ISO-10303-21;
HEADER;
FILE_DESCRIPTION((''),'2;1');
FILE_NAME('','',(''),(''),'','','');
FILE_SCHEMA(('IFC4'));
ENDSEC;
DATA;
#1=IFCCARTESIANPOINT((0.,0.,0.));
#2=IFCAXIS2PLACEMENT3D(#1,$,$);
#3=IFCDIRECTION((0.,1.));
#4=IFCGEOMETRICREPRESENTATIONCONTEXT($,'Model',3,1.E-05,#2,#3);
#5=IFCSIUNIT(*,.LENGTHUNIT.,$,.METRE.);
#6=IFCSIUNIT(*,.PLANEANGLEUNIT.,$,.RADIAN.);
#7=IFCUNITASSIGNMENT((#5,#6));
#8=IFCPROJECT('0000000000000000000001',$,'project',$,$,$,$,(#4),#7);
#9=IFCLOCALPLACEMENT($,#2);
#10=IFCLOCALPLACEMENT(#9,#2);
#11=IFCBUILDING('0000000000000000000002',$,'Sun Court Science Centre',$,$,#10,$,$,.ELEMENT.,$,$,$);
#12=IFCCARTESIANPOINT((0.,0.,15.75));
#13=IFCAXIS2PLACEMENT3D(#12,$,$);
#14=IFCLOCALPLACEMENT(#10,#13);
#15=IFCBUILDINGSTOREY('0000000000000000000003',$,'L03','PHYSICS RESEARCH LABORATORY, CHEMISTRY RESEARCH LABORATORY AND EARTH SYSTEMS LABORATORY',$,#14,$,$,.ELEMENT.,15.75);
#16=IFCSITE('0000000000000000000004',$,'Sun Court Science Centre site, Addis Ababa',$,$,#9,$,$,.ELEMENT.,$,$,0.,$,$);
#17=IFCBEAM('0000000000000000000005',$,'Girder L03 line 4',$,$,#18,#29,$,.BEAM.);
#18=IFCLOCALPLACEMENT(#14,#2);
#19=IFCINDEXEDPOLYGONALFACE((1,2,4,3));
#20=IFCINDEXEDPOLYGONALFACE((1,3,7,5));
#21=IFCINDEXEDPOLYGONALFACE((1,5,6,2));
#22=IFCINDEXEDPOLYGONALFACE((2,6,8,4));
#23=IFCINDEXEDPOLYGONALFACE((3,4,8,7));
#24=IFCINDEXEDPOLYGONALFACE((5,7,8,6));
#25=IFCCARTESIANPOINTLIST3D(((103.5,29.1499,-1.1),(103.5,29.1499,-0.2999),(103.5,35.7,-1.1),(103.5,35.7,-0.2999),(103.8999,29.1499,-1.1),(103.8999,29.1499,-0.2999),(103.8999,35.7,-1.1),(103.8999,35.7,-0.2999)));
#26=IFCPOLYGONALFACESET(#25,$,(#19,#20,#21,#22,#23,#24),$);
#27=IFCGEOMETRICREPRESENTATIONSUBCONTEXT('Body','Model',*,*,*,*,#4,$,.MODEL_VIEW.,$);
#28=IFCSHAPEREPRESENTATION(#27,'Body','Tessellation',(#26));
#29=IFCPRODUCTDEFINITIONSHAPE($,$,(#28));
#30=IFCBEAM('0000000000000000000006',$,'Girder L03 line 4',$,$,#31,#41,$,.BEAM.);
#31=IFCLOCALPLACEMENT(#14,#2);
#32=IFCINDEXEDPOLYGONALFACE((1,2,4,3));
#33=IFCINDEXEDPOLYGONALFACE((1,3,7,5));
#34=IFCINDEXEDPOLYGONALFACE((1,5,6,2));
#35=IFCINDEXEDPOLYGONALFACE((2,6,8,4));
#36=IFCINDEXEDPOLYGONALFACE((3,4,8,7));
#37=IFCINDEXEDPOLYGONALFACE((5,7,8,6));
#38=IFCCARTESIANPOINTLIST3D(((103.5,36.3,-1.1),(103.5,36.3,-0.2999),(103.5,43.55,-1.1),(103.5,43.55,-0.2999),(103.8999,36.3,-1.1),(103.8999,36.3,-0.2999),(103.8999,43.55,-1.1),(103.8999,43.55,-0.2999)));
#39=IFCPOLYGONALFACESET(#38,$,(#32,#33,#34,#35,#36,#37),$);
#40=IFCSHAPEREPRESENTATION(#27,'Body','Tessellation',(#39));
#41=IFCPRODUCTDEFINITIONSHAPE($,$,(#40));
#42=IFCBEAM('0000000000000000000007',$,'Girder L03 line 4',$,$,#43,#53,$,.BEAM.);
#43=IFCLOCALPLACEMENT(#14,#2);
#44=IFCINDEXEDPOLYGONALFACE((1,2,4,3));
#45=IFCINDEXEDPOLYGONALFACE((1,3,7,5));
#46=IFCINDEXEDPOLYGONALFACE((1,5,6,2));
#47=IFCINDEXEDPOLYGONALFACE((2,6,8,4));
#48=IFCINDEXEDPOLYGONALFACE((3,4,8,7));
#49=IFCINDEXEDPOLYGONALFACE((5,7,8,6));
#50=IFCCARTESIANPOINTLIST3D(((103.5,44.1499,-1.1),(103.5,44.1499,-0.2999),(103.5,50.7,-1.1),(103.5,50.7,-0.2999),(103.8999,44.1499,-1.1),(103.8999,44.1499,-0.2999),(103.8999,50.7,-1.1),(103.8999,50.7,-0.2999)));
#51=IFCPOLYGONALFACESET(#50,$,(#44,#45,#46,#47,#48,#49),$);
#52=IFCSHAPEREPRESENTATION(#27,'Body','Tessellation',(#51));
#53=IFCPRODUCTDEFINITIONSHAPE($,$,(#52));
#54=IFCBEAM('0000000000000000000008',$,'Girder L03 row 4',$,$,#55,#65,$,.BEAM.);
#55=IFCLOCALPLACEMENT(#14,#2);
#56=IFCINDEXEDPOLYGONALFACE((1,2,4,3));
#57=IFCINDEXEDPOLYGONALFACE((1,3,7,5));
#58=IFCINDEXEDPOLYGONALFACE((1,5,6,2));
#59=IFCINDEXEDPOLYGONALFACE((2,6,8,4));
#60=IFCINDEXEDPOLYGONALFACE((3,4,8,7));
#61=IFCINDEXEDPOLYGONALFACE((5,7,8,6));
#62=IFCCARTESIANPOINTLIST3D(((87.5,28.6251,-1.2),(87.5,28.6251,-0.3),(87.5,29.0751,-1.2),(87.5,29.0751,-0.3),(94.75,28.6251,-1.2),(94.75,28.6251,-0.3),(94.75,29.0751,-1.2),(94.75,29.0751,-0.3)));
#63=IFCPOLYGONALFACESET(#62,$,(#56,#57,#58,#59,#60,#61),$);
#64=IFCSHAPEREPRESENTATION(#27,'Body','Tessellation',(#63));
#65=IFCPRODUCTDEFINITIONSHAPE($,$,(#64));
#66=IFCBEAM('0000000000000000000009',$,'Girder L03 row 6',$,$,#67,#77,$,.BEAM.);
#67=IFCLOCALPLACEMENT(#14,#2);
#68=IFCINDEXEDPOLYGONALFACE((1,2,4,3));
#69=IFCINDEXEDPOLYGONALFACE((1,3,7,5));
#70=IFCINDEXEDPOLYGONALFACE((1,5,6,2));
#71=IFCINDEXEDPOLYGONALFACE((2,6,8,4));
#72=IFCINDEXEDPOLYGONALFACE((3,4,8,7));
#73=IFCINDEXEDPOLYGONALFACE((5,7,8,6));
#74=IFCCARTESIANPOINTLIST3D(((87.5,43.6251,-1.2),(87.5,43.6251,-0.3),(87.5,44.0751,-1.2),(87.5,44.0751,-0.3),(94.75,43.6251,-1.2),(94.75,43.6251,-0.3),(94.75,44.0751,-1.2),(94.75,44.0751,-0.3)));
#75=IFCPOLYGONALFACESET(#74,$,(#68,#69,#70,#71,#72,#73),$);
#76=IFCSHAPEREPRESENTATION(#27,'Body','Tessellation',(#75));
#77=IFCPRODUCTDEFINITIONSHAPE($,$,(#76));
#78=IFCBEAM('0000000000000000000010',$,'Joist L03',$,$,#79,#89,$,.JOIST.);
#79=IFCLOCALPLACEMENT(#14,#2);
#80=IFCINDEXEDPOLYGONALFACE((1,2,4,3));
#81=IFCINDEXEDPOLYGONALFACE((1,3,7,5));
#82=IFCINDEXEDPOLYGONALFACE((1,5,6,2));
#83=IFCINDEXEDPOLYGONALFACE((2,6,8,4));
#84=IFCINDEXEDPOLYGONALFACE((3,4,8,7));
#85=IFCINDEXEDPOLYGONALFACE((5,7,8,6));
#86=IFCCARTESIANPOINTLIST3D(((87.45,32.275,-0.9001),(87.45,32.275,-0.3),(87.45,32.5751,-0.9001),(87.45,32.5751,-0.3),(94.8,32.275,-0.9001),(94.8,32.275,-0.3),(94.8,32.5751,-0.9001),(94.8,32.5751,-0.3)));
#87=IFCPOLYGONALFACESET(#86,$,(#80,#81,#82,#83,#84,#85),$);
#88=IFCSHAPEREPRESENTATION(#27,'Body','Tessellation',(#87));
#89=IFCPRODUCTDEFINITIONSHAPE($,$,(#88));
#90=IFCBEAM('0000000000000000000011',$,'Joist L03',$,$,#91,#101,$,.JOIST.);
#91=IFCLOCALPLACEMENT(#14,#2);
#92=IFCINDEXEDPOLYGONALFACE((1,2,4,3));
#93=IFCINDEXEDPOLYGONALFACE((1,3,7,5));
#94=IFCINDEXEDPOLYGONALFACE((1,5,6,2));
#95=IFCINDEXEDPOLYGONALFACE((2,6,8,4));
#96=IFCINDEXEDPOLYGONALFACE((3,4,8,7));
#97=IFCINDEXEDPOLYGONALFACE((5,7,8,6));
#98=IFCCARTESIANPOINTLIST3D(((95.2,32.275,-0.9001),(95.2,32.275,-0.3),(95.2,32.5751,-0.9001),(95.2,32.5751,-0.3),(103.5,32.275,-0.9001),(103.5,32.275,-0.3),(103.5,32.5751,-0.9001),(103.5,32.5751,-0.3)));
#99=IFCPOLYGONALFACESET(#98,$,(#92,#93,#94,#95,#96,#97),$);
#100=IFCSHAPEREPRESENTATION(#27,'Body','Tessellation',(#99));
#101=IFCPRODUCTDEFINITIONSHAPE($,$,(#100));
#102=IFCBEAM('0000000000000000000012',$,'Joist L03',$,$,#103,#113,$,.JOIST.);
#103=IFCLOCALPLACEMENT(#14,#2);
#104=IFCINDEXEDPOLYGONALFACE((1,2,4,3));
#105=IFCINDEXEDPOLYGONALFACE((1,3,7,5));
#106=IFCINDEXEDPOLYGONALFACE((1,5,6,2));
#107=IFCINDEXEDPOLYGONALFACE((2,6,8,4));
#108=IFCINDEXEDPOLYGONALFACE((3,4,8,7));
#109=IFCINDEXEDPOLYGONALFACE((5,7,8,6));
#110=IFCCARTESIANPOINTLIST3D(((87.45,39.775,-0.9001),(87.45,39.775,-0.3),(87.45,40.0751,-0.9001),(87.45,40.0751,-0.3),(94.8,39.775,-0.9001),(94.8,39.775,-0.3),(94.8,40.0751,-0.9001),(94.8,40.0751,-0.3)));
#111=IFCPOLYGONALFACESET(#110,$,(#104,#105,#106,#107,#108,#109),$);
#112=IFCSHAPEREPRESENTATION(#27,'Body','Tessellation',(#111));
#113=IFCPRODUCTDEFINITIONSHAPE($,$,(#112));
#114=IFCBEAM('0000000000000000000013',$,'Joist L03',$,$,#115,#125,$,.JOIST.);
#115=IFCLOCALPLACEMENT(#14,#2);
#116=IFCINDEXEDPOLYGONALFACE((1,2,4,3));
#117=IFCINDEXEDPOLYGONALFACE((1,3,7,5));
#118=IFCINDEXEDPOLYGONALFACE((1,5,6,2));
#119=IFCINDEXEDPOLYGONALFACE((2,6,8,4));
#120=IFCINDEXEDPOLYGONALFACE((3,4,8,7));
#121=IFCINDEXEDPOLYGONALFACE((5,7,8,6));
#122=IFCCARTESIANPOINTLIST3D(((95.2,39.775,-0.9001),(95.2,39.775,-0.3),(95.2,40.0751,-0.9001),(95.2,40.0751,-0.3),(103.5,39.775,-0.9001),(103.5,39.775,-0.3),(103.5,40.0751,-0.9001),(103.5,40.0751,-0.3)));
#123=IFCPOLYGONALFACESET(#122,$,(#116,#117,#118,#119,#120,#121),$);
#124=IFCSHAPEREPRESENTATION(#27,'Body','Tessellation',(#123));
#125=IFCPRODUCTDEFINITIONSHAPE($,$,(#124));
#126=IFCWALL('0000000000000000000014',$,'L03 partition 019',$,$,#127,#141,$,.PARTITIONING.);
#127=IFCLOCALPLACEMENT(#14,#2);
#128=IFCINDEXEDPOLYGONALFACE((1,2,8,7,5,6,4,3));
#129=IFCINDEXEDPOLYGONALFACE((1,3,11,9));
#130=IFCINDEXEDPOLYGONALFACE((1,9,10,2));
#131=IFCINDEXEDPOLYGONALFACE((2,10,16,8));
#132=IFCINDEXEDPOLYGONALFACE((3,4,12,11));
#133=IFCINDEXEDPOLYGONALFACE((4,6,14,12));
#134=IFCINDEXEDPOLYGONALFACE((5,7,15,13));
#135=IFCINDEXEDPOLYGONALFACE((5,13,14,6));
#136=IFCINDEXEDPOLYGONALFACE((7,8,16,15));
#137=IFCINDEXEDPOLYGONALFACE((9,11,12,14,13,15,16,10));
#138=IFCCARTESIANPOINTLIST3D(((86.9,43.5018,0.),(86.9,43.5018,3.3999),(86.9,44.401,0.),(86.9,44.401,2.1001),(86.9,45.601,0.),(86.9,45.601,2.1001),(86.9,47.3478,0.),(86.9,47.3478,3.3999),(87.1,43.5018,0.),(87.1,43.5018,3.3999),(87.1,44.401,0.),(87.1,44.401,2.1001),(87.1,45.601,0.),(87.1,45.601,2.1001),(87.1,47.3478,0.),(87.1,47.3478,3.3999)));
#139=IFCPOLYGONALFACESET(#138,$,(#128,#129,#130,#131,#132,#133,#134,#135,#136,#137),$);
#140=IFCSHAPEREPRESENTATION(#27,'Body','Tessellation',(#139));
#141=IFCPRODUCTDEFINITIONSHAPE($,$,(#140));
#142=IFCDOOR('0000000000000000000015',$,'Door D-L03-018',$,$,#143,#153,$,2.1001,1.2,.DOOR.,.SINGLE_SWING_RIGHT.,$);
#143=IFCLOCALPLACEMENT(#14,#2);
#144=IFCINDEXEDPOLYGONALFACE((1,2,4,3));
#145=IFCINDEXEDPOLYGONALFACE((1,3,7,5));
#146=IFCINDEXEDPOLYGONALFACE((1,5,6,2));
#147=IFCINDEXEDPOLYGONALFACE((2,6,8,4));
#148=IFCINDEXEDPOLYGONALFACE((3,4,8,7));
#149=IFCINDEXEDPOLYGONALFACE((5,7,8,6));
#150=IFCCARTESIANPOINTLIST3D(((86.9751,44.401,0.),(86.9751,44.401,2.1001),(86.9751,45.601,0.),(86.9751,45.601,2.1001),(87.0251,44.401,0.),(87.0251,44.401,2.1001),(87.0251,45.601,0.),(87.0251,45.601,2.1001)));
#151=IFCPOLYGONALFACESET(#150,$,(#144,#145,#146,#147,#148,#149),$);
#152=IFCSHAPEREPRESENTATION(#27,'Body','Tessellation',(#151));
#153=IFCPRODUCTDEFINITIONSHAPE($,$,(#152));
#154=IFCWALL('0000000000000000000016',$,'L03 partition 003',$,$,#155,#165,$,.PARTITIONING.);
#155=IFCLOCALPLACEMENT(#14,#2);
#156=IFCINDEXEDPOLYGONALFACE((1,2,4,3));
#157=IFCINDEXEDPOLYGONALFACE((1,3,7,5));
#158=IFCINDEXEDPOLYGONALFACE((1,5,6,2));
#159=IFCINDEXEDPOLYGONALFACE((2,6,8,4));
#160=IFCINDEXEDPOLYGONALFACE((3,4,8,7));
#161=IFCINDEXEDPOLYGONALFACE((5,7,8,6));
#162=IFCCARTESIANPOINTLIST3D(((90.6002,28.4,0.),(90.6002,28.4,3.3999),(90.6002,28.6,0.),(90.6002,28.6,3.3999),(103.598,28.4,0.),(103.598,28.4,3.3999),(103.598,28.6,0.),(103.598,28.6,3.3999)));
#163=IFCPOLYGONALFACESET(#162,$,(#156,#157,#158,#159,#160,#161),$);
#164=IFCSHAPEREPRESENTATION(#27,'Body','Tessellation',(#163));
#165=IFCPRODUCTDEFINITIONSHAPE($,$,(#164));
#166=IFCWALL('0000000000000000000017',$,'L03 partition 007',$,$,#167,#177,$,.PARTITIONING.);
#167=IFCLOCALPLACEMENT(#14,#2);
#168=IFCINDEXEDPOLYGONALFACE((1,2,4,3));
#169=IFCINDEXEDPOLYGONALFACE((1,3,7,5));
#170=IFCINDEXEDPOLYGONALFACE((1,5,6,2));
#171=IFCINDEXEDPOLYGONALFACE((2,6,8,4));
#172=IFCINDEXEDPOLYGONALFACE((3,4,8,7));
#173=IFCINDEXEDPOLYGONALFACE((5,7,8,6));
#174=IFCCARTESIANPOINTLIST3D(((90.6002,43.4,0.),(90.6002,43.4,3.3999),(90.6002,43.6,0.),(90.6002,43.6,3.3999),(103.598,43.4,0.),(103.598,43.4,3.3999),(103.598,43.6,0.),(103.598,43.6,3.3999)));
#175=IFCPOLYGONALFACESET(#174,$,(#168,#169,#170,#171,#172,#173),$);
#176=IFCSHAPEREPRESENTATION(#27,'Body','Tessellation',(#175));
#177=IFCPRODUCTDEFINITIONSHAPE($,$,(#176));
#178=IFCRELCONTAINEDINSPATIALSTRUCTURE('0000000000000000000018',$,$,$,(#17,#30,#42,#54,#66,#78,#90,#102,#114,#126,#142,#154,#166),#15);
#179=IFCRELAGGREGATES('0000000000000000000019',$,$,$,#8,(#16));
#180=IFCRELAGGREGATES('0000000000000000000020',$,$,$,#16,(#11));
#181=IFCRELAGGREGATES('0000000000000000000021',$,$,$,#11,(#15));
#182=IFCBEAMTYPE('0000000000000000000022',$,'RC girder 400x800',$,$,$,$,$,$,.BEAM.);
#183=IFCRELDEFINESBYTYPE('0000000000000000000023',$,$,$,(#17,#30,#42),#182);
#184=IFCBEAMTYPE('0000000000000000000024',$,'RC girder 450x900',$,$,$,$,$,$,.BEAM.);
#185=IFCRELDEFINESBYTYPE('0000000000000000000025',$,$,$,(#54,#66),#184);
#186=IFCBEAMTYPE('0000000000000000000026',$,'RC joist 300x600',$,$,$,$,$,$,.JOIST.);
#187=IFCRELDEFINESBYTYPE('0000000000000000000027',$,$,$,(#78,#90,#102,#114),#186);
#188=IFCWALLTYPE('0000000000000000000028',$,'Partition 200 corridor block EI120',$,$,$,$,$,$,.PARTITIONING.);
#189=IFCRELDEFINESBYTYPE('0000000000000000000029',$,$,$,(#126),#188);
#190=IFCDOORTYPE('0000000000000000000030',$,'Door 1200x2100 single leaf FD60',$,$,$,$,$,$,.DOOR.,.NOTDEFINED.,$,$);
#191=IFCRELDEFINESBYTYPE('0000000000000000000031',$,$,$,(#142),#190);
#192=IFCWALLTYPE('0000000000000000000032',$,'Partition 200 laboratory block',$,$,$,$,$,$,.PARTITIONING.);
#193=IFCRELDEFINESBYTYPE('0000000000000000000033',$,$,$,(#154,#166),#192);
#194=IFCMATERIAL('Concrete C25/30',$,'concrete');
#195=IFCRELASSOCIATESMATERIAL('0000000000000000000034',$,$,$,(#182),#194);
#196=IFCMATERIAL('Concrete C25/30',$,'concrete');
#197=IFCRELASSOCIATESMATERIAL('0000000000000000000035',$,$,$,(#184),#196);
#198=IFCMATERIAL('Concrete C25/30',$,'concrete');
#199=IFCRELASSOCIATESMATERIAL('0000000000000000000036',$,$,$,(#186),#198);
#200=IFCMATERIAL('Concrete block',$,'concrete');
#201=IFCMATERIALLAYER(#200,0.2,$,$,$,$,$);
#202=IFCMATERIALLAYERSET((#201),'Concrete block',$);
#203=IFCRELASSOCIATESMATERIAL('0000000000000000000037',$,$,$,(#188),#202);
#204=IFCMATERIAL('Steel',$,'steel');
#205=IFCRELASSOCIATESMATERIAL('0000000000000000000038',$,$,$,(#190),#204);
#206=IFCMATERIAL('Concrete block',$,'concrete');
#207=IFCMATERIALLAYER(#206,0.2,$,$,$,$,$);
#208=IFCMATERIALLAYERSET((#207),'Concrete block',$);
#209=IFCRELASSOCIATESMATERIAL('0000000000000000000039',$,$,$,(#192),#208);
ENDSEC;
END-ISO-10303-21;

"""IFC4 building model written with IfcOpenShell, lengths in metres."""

from ifc_helpers import new_model, si_unit, direction, frame, frame_2d, origin, origin_2d, place, context, subcontext, project, spatial, rectangle, extrude, material, layer, layer_set, material_profile, profile_set, type_object, element, fill, save


model = new_model("IFC4")

# Units and contexts
model_context = context("Model", 3, precision=1e-05, world=origin(), true_north=direction((0.0, 1.0)))
body_context = subcontext(model_context, "Body", "Model", "MODEL_VIEW")
ifc_project = project(units=[si_unit("LENGTHUNIT", "METRE"), si_unit("PLANEANGLEUNIT", "RADIAN")], contexts=[model_context])

# Site, building, storey
site_placement = place(None, origin())
site = spatial("IfcSite", under=ifc_project, at=site_placement, Name="Sun Court Science Centre site, Addis Ababa", CompositionType="ELEMENT", RefElevation=0.0)
building_placement = place(site_placement, origin())
building = spatial("IfcBuilding", under=site, at=building_placement, Name="Sun Court Science Centre", CompositionType="ELEMENT")
storey_placement = place(building_placement, frame((0.0, 0.0, 15.75)))
storey = spatial("IfcBuildingStorey", under=building, at=storey_placement, Name="L03", Description="PHYSICS RESEARCH LABORATORY, CHEMISTRY RESEARCH LABORATORY AND EARTH SYSTEMS LABORATORY", CompositionType="ELEMENT", Elevation=15.75)

# Beams
ifc_material_1 = material(Name="Concrete C25/30", Category="concrete")
ifc_material_profile_1 = material_profile(ifc_material_1, rectangle(XDim=0.3999, YDim=0.8, at=origin_2d()), Name="RC 400x800")
ifc_profile_set_1 = profile_set([ifc_material_profile_1], Name="Concrete C25/30")
beam_type_1 = type_object("IfcBeamType", Name="RC girder 400x800", PredefinedType="BEAM", material=ifc_profile_set_1)
beam_1_placement = place(storey_placement, frame((103.7, 29.1499, -0.7), z_axis=(0.0, 1.0, 0.0), x_axis=(-1.0, 0.0, 0.0)))
element("IfcBeam", 1, at=beam_1_placement, inside=storey, type_object=beam_type_1, Name="Girder L03 line 4", PredefinedType="BEAM", context=body_context, shape_type="SweptSolid", body=[
    extrude(rectangle(XDim=0.3999, YDim=0.8, at=origin_2d()), origin(), (0.0, 0.0, 1.0), 6.55),
])
beam_2_placement = place(storey_placement, frame((103.7, 36.3, -0.7), z_axis=(0.0, 1.0, 0.0), x_axis=(-1.0, 0.0, 0.0)))
element("IfcBeam", 2, at=beam_2_placement, inside=storey, type_object=beam_type_1, Name="Girder L03 line 4", PredefinedType="BEAM", context=body_context, shape_type="SweptSolid", body=[
    extrude(rectangle(XDim=0.3999, YDim=0.8, at=origin_2d()), origin(), (0.0, 0.0, 1.0), 7.25),
])
beam_3_placement = place(storey_placement, frame((103.7, 44.1499, -0.7), z_axis=(0.0, 1.0, 0.0), x_axis=(-1.0, 0.0, 0.0)))
element("IfcBeam", 3, at=beam_3_placement, inside=storey, type_object=beam_type_1, Name="Girder L03 line 4", PredefinedType="BEAM", context=body_context, shape_type="SweptSolid", body=[
    extrude(rectangle(XDim=0.3999, YDim=0.8, at=origin_2d()), origin(), (0.0, 0.0, 1.0), 6.55),
])
ifc_material_2 = material(Name="Concrete C25/30", Category="concrete")
ifc_material_profile_2 = material_profile(ifc_material_2, rectangle(XDim=0.45, YDim=0.8999, at=origin_2d()), Name="RC 450x900")
ifc_profile_set_2 = profile_set([ifc_material_profile_2], Name="Concrete C25/30")
beam_type_2 = type_object("IfcBeamType", Name="RC girder 450x900", PredefinedType="BEAM", material=ifc_profile_set_2)
for number, where, z_axis, x_axis, name in (
    (4, (87.5, 28.8501, -0.75), (1.0, 0.0, 0.0), (0.0, 1.0, 0.0), "Girder L03 row 4"),
    (5, (87.5, 43.8501, -0.75), (1.0, 0.0, 0.0), (0.0, 1.0, 0.0), "Girder L03 row 6"),
):
    element("IfcBeam", number, at=place(storey_placement, frame(where, z_axis=z_axis, x_axis=x_axis)), inside=storey, type_object=beam_type_2, Name=name, PredefinedType="BEAM", context=body_context, shape_type="SweptSolid", body=[
        extrude(rectangle(XDim=0.45, YDim=0.8999, at=origin_2d()), origin(), (0.0, 0.0, 1.0), 7.25),
    ])
ifc_material_3 = material(Name="Concrete C25/30", Category="concrete")
ifc_material_profile_3 = material_profile(ifc_material_3, rectangle(XDim=0.3, YDim=0.6001, at=origin_2d()), Name="RC 300x600")
ifc_profile_set_3 = profile_set([ifc_material_profile_3], Name="Concrete C25/30")
beam_type_3 = type_object("IfcBeamType", Name="RC joist 300x600", PredefinedType="JOIST", material=ifc_profile_set_3)
beam_4_placement = place(storey_placement, frame((87.45, 32.425, -0.6001), z_axis=(1.0, 0.0, 0.0), x_axis=(0.0, 1.0, 0.0)))
element("IfcBeam", 6, at=beam_4_placement, inside=storey, type_object=beam_type_3, Name="Joist L03", PredefinedType="JOIST", context=body_context, shape_type="SweptSolid", body=[
    extrude(rectangle(XDim=0.3, YDim=0.6001, at=origin_2d()), origin(), (0.0, 0.0, 1.0), 7.3501),
])
beam_5_placement = place(storey_placement, frame((95.2, 32.425, -0.6001), z_axis=(1.0, 0.0, 0.0), x_axis=(0.0, 1.0, 0.0)))
element("IfcBeam", 7, at=beam_5_placement, inside=storey, type_object=beam_type_3, Name="Joist L03", PredefinedType="JOIST", context=body_context, shape_type="SweptSolid", body=[
    extrude(rectangle(XDim=0.3, YDim=0.6001, at=origin_2d()), origin(), (0.0, 0.0, 1.0), 8.3),
])
beam_6_placement = place(storey_placement, frame((87.45, 39.925, -0.6001), z_axis=(1.0, 0.0, 0.0), x_axis=(0.0, 1.0, 0.0)))
element("IfcBeam", 8, at=beam_6_placement, inside=storey, type_object=beam_type_3, Name="Joist L03", PredefinedType="JOIST", context=body_context, shape_type="SweptSolid", body=[
    extrude(rectangle(XDim=0.3, YDim=0.6001, at=origin_2d()), origin(), (0.0, 0.0, 1.0), 7.3501),
])
beam_7_placement = place(storey_placement, frame((95.2, 39.925, -0.6001), z_axis=(1.0, 0.0, 0.0), x_axis=(0.0, 1.0, 0.0)))
element("IfcBeam", 9, at=beam_7_placement, inside=storey, type_object=beam_type_3, Name="Joist L03", PredefinedType="JOIST", context=body_context, shape_type="SweptSolid", body=[
    extrude(rectangle(XDim=0.3, YDim=0.6001, at=origin_2d()), origin(), (0.0, 0.0, 1.0), 8.3),
])

# Wall, opening, door
ifc_material_4 = material(Name="Concrete block", Category="concrete")
ifc_layer_1 = layer(ifc_material_4, 0.2)
ifc_layer_set_1 = layer_set([ifc_layer_1], Name="Concrete block")
wall_type_1 = type_object("IfcWallType", Name="Partition 200 corridor block EI120", PredefinedType="PARTITIONING", material=ifc_layer_set_1)
wall_1_placement = place(storey_placement, frame((87.0, 43.502, 0.0), z_axis=(0.0, 0.0, 1.0), x_axis=(0.0, 1.0, 0.0)))
wall_1 = element("IfcWall", 10, at=wall_1_placement, inside=storey, type_object=wall_type_1, Name="L03 partition 019", PredefinedType="PARTITIONING", context=body_context, shape_type="SweptSolid", body=[
    extrude(rectangle(XDim=3.8459, YDim=0.2, at=frame_2d((1.9229, 0.0))), origin(), (0.0, 0.0, 1.0), 3.3999),
])
opening_placement = place(wall_1_placement, frame((0.8989, 0.0, 0.0)))
opening = element("IfcOpeningElement", 11, at=opening_placement, cuts=wall_1, PredefinedType="OPENING", context=body_context, shape_type="SweptSolid", body=[
    extrude(rectangle(XDim=1.2, YDim=2.1001, at=frame_2d((0.6001, 1.05))), frame((0.0, 0.1099, 0.0), z_axis=(0.0, -1.0, 0.0), x_axis=(1.0, 0.0, 0.0)), (0.0, 0.0, 1.0), 0.22),
])
ifc_material_5 = material(Name="Steel", Category="steel")
door_type = type_object("IfcDoorType", Name="Door 1200x2100 single leaf FD60", OperationType="NOTDEFINED", PredefinedType="DOOR", material=ifc_material_5)
door_placement = place(opening_placement, origin())
door = element("IfcDoor", 12, at=door_placement, inside=storey, type_object=door_type, Name="Door D-L03-018", OperationType="SINGLE_SWING_RIGHT", OverallHeight=2.1001, OverallWidth=1.2, PredefinedType="DOOR", context=body_context, shape_type="SweptSolid", body=[
    extrude(rectangle(XDim=1.2, YDim=2.1001, at=frame_2d((0.6001, 1.05))), frame((0.0, 0.0249, 0.0), z_axis=(0.0, -1.0, 0.0), x_axis=(1.0, 0.0, 0.0)), (0.0, 0.0, 1.0), 0.05),
])
fill(opening, door)

# Walls
ifc_material_6 = material(Name="Concrete block", Category="concrete")
ifc_layer_2 = layer(ifc_material_6, 0.2)
ifc_layer_set_2 = layer_set([ifc_layer_2], Name="Concrete block")
wall_type_2 = type_object("IfcWallType", Name="Partition 200 laboratory block", PredefinedType="PARTITIONING", material=ifc_layer_set_2)
for number, where, z_axis, x_axis, name in (
    (13, (90.6001, 28.5, 0.0), (0.0, 0.0, 1.0), (1.0, 0.0, 0.0), "L03 partition 003"),
    (14, (90.6001, 43.5, 0.0), (0.0, 0.0, 1.0), (1.0, 0.0, 0.0), "L03 partition 007"),
):
    element("IfcWall", number, at=place(storey_placement, frame(where, z_axis=z_axis, x_axis=x_axis)), inside=storey, type_object=wall_type_2, Name=name, PredefinedType="PARTITIONING", context=body_context, shape_type="SweptSolid", body=[
        extrude(rectangle(XDim=12.9978, YDim=0.2, at=frame_2d((6.499, 0.0))), origin(), (0.0, 0.0, 1.0), 3.3999),
    ])

save(model, "model.ifc")
